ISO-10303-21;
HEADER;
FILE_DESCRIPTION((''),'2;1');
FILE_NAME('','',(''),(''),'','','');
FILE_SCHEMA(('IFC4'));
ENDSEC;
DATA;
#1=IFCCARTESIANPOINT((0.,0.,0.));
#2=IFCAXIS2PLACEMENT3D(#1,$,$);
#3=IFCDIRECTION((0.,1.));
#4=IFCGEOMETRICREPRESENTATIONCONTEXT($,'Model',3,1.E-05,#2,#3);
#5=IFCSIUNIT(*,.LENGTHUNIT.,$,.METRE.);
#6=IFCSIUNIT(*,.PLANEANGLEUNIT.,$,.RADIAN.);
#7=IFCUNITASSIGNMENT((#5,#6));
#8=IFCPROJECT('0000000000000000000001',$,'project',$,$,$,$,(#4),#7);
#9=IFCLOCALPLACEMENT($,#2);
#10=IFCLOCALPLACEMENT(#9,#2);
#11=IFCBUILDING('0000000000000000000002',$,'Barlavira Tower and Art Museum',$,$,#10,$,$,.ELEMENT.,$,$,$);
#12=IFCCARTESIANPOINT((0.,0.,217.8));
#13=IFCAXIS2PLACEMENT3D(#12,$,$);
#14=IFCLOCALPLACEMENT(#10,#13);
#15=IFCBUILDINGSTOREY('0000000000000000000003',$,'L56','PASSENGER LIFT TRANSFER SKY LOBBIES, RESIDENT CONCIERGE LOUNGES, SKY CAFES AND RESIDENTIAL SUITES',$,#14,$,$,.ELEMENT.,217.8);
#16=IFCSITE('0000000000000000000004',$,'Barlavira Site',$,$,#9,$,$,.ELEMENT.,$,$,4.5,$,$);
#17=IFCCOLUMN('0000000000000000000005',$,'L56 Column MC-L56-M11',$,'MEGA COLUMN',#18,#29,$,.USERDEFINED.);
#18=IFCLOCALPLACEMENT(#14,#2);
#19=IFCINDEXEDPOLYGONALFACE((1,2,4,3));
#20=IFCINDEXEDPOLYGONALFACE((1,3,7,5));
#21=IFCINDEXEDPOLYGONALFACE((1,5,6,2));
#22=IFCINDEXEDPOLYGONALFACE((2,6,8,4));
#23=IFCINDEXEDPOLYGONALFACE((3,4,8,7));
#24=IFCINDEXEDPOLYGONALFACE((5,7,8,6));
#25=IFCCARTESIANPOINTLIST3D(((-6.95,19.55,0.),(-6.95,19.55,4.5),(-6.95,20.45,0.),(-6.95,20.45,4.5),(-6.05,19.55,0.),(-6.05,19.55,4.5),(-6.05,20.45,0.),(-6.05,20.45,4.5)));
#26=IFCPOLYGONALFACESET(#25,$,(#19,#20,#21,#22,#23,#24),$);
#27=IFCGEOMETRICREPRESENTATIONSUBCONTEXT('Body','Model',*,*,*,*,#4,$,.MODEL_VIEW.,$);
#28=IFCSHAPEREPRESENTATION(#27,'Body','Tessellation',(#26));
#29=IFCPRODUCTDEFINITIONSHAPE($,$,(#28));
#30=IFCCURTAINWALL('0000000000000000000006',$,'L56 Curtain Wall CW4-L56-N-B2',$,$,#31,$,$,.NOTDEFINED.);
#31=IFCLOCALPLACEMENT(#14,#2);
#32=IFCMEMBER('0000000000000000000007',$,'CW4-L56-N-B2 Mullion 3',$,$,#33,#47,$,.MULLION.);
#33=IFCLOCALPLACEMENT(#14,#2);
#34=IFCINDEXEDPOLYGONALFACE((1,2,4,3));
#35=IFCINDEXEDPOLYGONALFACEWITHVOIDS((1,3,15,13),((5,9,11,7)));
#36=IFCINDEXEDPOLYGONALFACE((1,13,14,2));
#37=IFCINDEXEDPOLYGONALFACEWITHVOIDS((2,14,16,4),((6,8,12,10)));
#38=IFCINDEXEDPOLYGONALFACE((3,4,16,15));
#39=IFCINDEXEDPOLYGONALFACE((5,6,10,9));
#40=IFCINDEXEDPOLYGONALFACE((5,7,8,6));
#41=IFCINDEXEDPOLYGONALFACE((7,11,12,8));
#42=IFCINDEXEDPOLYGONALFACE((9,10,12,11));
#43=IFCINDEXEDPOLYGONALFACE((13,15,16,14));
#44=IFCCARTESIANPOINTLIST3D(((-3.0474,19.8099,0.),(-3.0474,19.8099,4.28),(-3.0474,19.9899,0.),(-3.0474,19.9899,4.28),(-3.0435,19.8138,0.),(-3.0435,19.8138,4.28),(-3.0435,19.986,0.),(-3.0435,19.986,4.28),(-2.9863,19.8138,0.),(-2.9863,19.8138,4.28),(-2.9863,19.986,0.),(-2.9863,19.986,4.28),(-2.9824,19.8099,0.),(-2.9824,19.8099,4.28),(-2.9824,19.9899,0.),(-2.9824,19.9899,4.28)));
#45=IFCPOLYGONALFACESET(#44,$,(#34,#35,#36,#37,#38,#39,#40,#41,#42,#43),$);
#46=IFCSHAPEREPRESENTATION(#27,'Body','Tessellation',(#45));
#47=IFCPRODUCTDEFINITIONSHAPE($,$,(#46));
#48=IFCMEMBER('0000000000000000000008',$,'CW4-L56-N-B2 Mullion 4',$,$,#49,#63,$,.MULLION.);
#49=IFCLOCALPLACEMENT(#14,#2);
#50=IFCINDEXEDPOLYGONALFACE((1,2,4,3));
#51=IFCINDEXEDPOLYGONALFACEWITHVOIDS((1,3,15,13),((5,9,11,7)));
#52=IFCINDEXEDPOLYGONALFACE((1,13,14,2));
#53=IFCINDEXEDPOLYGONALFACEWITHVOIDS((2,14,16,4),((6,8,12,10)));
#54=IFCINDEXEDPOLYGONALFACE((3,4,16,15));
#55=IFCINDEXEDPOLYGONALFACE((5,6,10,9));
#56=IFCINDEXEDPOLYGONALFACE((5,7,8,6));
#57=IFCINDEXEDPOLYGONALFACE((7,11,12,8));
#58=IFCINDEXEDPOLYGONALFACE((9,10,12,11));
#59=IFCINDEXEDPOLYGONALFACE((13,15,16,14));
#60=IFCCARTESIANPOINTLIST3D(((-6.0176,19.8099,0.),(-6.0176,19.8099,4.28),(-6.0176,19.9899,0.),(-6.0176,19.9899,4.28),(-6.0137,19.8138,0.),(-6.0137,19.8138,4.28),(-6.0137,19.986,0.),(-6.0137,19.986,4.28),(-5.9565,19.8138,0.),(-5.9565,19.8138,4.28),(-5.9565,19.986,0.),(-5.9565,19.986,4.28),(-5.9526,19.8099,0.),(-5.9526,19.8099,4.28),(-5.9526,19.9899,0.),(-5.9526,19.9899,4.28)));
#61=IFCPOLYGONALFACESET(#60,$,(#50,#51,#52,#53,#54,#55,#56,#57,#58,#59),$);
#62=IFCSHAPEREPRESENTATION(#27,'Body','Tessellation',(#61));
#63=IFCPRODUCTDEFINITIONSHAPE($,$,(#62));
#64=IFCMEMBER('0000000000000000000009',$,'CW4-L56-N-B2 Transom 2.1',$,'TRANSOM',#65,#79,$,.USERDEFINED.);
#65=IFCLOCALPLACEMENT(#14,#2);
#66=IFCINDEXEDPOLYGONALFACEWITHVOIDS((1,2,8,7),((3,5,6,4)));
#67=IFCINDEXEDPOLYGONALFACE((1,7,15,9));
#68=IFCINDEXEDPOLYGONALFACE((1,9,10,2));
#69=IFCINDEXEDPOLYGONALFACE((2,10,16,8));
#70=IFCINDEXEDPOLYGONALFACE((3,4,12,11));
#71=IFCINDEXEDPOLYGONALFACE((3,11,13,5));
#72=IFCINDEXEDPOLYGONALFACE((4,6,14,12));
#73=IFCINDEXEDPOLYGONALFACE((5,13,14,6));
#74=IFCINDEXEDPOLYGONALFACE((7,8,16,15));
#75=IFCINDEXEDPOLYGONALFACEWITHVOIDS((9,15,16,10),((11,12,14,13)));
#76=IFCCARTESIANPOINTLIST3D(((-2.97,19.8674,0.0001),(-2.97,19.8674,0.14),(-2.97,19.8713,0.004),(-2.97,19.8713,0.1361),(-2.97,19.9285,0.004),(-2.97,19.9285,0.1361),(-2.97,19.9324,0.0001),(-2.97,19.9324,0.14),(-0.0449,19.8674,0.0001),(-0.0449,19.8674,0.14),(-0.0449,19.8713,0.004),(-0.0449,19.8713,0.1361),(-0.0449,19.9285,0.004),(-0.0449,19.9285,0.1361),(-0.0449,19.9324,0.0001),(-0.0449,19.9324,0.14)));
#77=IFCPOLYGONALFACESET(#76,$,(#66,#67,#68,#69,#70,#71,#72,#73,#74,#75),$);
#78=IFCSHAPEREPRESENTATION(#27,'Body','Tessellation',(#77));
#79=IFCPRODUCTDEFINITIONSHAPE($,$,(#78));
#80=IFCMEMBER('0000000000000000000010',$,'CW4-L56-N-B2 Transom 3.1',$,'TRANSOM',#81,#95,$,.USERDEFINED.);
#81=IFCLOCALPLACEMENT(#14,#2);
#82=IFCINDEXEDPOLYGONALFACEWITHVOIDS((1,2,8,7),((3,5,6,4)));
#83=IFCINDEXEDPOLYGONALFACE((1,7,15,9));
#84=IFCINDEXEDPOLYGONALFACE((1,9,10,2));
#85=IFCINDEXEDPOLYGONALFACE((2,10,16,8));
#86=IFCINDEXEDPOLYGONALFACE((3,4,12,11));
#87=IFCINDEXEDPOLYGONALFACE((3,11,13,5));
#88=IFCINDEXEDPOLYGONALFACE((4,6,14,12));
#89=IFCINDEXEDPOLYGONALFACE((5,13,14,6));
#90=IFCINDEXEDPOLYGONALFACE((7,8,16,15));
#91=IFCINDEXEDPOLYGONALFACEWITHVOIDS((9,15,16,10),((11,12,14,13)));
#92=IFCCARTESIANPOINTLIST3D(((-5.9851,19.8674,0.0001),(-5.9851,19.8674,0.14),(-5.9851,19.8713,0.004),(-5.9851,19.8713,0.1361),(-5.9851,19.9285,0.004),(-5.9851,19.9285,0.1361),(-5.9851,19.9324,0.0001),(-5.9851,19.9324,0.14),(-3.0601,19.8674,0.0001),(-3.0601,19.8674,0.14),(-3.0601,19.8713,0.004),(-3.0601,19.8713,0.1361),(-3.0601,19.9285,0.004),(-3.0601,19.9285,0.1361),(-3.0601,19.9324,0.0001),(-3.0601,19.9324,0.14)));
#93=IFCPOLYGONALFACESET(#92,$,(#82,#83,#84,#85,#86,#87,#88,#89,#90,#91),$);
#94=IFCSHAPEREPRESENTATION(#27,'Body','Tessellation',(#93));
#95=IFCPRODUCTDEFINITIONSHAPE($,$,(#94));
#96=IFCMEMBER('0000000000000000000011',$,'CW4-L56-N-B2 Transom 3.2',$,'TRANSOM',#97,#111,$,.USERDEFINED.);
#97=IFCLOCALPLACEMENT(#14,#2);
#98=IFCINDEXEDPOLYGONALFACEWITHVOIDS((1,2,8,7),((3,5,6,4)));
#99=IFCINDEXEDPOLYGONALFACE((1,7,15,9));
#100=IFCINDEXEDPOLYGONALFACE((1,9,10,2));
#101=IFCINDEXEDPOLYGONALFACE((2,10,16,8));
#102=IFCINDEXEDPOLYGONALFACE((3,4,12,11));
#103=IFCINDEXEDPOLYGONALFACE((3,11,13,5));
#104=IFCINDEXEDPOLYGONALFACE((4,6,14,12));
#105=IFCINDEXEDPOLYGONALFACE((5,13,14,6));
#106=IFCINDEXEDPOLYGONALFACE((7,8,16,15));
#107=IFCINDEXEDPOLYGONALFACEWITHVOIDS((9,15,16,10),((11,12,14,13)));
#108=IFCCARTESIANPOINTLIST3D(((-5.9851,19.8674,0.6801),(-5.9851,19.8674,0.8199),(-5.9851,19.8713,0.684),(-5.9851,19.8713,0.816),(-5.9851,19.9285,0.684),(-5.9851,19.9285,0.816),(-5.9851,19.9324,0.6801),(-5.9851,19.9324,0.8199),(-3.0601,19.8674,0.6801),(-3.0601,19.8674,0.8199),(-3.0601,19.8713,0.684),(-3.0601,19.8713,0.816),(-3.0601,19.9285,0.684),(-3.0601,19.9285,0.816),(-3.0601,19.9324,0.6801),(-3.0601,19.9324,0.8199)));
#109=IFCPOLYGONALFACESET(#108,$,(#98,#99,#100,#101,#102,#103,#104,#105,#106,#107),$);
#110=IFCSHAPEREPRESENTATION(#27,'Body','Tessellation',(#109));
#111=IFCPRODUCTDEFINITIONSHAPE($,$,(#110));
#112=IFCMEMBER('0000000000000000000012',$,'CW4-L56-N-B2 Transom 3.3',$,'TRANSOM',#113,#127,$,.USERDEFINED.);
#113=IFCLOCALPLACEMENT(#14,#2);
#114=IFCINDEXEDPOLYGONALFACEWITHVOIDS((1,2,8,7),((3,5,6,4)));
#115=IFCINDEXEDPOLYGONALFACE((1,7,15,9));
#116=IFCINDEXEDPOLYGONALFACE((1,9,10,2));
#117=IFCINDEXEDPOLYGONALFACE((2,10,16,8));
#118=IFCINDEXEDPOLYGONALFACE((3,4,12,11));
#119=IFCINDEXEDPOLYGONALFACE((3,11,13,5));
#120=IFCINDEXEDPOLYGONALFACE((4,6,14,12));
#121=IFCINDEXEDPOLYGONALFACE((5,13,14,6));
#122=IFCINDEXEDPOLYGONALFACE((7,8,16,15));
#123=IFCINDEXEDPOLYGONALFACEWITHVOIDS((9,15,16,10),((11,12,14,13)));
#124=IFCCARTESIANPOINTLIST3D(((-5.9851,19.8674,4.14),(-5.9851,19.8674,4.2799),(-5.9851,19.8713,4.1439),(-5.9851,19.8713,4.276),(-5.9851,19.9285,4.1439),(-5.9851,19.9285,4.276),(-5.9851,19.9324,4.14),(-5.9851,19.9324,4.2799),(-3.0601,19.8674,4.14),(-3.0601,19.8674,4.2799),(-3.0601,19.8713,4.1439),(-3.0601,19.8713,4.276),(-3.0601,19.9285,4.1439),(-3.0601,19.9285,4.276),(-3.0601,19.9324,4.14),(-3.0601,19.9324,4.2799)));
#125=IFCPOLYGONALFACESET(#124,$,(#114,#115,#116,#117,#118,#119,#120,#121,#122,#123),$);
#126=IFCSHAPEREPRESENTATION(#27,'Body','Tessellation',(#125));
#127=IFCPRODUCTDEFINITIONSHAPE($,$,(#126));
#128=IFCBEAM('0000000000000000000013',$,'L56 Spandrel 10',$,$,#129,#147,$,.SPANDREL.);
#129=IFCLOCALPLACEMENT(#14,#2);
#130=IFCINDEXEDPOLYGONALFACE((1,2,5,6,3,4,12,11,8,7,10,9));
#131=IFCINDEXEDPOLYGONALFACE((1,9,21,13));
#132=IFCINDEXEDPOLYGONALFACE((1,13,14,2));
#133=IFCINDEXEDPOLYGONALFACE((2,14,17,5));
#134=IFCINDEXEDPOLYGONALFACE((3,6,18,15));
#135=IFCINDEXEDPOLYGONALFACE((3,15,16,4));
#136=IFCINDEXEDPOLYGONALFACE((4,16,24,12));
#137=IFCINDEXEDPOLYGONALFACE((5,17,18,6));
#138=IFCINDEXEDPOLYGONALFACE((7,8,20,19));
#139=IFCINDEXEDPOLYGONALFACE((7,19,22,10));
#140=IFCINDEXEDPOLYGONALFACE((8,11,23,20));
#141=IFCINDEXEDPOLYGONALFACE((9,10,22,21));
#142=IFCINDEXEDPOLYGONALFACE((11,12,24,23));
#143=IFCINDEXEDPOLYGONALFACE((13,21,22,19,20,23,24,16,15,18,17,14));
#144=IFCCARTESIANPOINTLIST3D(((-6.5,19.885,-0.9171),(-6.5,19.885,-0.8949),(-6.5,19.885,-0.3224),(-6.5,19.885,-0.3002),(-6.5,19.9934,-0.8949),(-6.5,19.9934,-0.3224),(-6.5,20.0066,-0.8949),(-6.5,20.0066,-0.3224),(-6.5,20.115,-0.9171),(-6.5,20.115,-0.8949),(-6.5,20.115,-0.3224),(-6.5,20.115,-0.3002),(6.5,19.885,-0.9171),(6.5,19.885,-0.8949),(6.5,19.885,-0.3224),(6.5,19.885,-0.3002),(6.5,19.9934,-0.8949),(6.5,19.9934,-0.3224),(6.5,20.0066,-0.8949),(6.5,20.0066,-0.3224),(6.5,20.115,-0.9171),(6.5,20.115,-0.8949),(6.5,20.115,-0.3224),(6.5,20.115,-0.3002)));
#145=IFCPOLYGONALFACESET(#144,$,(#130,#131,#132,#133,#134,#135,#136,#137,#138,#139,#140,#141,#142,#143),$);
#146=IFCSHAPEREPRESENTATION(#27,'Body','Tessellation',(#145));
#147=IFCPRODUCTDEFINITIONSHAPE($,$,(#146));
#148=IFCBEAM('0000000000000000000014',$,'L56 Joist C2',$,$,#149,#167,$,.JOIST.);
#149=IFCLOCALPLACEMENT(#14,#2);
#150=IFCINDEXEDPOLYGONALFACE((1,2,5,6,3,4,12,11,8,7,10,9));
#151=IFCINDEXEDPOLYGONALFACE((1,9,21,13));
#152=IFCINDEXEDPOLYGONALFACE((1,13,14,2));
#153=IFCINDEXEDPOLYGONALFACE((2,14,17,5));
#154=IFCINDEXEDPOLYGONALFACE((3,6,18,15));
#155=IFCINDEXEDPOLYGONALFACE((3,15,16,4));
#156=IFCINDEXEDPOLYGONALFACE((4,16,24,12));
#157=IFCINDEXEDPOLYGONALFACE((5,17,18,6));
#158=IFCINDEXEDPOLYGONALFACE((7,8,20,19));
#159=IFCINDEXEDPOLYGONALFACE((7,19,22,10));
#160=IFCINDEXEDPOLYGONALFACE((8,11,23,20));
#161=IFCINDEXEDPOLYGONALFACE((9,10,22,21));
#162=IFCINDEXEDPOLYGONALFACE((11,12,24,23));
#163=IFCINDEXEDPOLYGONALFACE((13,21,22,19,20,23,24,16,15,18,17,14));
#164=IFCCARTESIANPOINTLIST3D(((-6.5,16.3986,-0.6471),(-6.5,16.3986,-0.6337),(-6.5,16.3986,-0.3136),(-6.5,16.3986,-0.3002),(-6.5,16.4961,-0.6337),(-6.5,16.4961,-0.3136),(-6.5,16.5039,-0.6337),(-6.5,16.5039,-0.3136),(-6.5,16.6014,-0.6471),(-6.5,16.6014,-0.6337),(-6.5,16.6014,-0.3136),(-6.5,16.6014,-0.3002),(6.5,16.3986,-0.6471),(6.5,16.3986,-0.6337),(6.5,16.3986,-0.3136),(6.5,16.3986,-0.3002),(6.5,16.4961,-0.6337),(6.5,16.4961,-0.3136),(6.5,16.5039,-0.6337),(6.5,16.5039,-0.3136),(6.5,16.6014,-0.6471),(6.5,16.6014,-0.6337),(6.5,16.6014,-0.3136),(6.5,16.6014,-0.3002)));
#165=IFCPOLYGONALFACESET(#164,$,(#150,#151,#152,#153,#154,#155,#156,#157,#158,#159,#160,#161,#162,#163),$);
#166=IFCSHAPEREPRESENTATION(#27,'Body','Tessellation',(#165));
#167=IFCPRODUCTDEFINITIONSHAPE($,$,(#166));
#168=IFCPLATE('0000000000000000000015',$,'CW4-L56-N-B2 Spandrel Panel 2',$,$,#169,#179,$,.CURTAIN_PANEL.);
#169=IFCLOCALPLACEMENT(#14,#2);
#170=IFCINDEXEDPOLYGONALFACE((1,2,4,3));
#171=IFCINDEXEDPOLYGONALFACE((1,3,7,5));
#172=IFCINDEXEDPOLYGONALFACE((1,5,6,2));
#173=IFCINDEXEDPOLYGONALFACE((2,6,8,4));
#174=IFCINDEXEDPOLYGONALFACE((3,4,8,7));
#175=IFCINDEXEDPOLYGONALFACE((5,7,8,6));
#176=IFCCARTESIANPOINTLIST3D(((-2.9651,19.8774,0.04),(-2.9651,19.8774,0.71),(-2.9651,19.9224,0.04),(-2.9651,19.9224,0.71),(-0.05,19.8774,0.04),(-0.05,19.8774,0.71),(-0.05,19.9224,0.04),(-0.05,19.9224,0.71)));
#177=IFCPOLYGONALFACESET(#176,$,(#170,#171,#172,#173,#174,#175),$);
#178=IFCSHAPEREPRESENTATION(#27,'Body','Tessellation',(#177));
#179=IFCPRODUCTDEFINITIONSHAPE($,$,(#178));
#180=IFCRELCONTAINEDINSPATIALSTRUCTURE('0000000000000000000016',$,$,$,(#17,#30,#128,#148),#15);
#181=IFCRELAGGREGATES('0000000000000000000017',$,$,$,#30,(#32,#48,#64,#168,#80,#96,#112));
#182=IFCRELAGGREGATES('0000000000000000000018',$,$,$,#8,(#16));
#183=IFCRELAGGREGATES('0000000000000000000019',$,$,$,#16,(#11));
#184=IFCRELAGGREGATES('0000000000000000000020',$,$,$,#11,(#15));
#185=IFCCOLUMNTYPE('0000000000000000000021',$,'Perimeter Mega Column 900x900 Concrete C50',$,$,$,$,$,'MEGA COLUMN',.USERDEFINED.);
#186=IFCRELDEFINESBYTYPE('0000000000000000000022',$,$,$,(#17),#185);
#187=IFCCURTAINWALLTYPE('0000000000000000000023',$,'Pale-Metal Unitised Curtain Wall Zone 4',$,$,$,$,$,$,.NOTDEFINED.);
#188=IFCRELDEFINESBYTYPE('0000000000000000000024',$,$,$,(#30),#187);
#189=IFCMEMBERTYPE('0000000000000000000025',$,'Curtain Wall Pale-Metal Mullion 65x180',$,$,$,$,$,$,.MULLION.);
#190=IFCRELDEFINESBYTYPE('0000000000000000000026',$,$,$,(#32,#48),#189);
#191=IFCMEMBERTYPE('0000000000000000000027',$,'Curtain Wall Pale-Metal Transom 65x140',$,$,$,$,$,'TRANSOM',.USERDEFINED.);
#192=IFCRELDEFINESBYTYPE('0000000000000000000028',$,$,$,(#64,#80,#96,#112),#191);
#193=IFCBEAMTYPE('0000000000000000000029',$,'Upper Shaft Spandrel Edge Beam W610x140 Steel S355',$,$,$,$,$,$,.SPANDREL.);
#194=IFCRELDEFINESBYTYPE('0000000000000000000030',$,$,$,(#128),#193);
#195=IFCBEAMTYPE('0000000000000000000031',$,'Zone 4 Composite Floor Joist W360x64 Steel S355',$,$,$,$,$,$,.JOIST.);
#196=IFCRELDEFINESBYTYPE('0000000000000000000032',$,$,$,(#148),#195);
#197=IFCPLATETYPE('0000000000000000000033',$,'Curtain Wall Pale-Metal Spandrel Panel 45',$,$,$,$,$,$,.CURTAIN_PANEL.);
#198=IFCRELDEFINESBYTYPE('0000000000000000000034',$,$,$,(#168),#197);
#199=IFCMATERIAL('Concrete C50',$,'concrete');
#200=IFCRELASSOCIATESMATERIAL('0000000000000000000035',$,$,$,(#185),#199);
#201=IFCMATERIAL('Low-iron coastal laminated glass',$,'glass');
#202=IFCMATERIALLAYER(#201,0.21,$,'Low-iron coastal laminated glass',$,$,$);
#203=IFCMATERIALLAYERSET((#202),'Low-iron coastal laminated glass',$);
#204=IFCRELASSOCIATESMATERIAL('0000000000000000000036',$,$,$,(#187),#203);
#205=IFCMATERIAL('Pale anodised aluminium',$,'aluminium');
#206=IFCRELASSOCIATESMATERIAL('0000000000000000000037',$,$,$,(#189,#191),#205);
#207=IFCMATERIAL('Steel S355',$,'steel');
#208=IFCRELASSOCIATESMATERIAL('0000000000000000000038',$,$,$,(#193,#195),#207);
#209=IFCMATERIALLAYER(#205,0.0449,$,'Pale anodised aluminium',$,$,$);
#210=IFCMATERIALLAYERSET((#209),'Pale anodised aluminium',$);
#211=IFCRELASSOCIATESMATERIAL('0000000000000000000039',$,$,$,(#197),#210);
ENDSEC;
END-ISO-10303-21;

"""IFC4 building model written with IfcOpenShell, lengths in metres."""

from ifc_helpers import new_model, si_unit, direction, frame, origin, origin_2d, place, context, subcontext, project, spatial, rectangle, hollow_rectangle, i_section, extrude, material, layer, layer_set, material_profile, profile_set, type_object, element, aggregate, save


model = new_model("IFC4")

# Units and contexts
model_context = context("Model", 3, precision=1e-05, world=origin(), true_north=direction((0.0, 1.0)))
body_context = subcontext(model_context, "Body", "Model", "MODEL_VIEW")
ifc_project = project(units=[si_unit("LENGTHUNIT", "METRE"), si_unit("PLANEANGLEUNIT", "RADIAN")], contexts=[model_context])

# Site, building, storey
site_placement = place(None, origin())
site = spatial("IfcSite", under=ifc_project, at=site_placement, Name="Barlavira Site", CompositionType="ELEMENT", RefElevation=4.5)
building_placement = place(site_placement, origin())
building = spatial("IfcBuilding", under=site, at=building_placement, Name="Barlavira Tower and Art Museum", CompositionType="ELEMENT")
storey_placement = place(building_placement, frame((0.0, 0.0, 217.8)))
storey = spatial("IfcBuildingStorey", under=building, at=storey_placement, Name="L56", Description="PASSENGER LIFT TRANSFER SKY LOBBIES, RESIDENT CONCIERGE LOUNGES, SKY CAFES AND RESIDENTIAL SUITES", CompositionType="ELEMENT", Elevation=217.8)

# Column
ifc_material_1 = material(Name="Concrete C50", Category="concrete")
ifc_material_profile_1 = material_profile(ifc_material_1, rectangle(XDim=0.8999, YDim=0.8999, at=origin_2d()), Name="RC-COL 900x900")
ifc_profile_set_1 = profile_set([ifc_material_profile_1], Name="Concrete C50")
column_type = type_object("IfcColumnType", Name="Perimeter Mega Column 900x900 Concrete C50", ElementType="MEGA COLUMN", PredefinedType="USERDEFINED", material=ifc_profile_set_1)
column_placement = place(storey_placement, frame((-6.5, 20.0, 0.0), z_axis=(0.0, 0.0, 1.0), x_axis=(1.0, 0.0, 0.0)))
element("IfcColumn", 1, at=column_placement, inside=storey, type_object=column_type, Name="L56 Column MC-L56-M11", ObjectType="MEGA COLUMN", PredefinedType="USERDEFINED", context=body_context, shape_type="SweptSolid", body=[
    extrude(rectangle(XDim=0.8999, YDim=0.8999, at=origin_2d()), origin(), (0.0, 0.0, 1.0), 4.5),
])

# Curtain wall, members
ifc_material_2 = material(Name="Low-iron coastal laminated glass", Category="glass")
ifc_layer_1 = layer(ifc_material_2, 0.21, Name="Low-iron coastal laminated glass")
ifc_layer_set_1 = layer_set([ifc_layer_1], Name="Low-iron coastal laminated glass")
curtain_wall_type = type_object("IfcCurtainWallType", Name="Pale-Metal Unitised Curtain Wall Zone 4", PredefinedType="NOTDEFINED", material=ifc_layer_set_1)
curtain_wall_placement = place(storey_placement, origin())
curtain_wall = element("IfcCurtainWall", 2, at=curtain_wall_placement, inside=storey, type_object=curtain_wall_type, Name="L56 Curtain Wall CW4-L56-N-B2", PredefinedType="NOTDEFINED")
ifc_material_3 = material(Name="Pale anodised aluminium", Category="aluminium")
ifc_material_profile_2 = material_profile(ifc_material_3, hollow_rectangle(XDim=0.0649, YDim=0.1799, WallThickness=0.0039, at=origin_2d()), Name="ALU-MULL 65x180x4")
ifc_profile_set_2 = profile_set([ifc_material_profile_2], Name="Pale anodised aluminium")
member_type_1 = type_object("IfcMemberType", Name="Curtain Wall Pale-Metal Mullion 65x180", PredefinedType="MULLION", material=ifc_profile_set_2)
member_1_placement = place(storey_placement, frame((-3.0149, 19.8999, 0.0), z_axis=(0.0, 0.0, 1.0), x_axis=(-1.0, 0.0, 0.0)))
member_1 = element("IfcMember", 3, at=member_1_placement, type_object=member_type_1, Name="CW4-L56-N-B2 Mullion 3", PredefinedType="MULLION", context=body_context, shape_type="SweptSolid", body=[
    extrude(hollow_rectangle(XDim=0.0649, YDim=0.1799, WallThickness=0.0039, at=origin_2d()), origin(), (0.0, 0.0, 1.0), 4.28),
])
member_2_placement = place(storey_placement, frame((-5.9851, 19.8999, 0.0), z_axis=(0.0, 0.0, 1.0), x_axis=(-1.0, 0.0, 0.0)))
member_2 = element("IfcMember", 4, at=member_2_placement, type_object=member_type_1, Name="CW4-L56-N-B2 Mullion 4", PredefinedType="MULLION", context=body_context, shape_type="SweptSolid", body=[
    extrude(hollow_rectangle(XDim=0.0649, YDim=0.1799, WallThickness=0.0039, at=origin_2d()), origin(), (0.0, 0.0, 1.0), 4.28),
])
ifc_material_profile_3 = material_profile(ifc_material_3, hollow_rectangle(XDim=0.0649, YDim=0.1399, WallThickness=0.0039, at=origin_2d()), Name="ALU-TRAN 65x140x4")
ifc_profile_set_3 = profile_set([ifc_material_profile_3], Name="Pale anodised aluminium")
member_type_2 = type_object("IfcMemberType", Name="Curtain Wall Pale-Metal Transom 65x140", ElementType="TRANSOM", PredefinedType="USERDEFINED", material=ifc_profile_set_3)
member_3_placement = place(storey_placement, frame((-0.0449, 19.8999, 0.0701), z_axis=(-1.0, 0.0, 0.0), x_axis=(0.0, -1.0, 0.0)))
member_3 = element("IfcMember", 5, at=member_3_placement, type_object=member_type_2, Name="CW4-L56-N-B2 Transom 2.1", ObjectType="TRANSOM", PredefinedType="USERDEFINED", context=body_context, shape_type="SweptSolid", body=[
    extrude(hollow_rectangle(XDim=0.0649, YDim=0.1399, WallThickness=0.0039, at=origin_2d()), origin(), (0.0, 0.0, 1.0), 2.925),
])
member_4_placement = place(storey_placement, frame((-3.0601, 19.8999, 0.0701), z_axis=(-1.0, 0.0, 0.0), x_axis=(0.0, -1.0, 0.0)))
member_4 = element("IfcMember", 6, at=member_4_placement, type_object=member_type_2, Name="CW4-L56-N-B2 Transom 3.1", ObjectType="TRANSOM", PredefinedType="USERDEFINED", context=body_context, shape_type="SweptSolid", body=[
    extrude(hollow_rectangle(XDim=0.0649, YDim=0.1399, WallThickness=0.0039, at=origin_2d()), origin(), (0.0, 0.0, 1.0), 2.925),
])
member_5_placement = place(storey_placement, frame((-3.0601, 19.8999, 0.75), z_axis=(-1.0, 0.0, 0.0), x_axis=(0.0, -1.0, 0.0)))
member_5 = element("IfcMember", 7, at=member_5_placement, type_object=member_type_2, Name="CW4-L56-N-B2 Transom 3.2", ObjectType="TRANSOM", PredefinedType="USERDEFINED", context=body_context, shape_type="SweptSolid", body=[
    extrude(hollow_rectangle(XDim=0.0649, YDim=0.1399, WallThickness=0.0039, at=origin_2d()), origin(), (0.0, 0.0, 1.0), 2.925),
])
member_6_placement = place(storey_placement, frame((-3.0601, 19.8999, 4.21), z_axis=(-1.0, 0.0, 0.0), x_axis=(0.0, -1.0, 0.0)))
member_6 = element("IfcMember", 8, at=member_6_placement, type_object=member_type_2, Name="CW4-L56-N-B2 Transom 3.3", ObjectType="TRANSOM", PredefinedType="USERDEFINED", context=body_context, shape_type="SweptSolid", body=[
    extrude(hollow_rectangle(XDim=0.0649, YDim=0.1399, WallThickness=0.0039, at=origin_2d()), origin(), (0.0, 0.0, 1.0), 2.925),
])

# Beams
ifc_material_4 = material(Name="Steel S355", Category="steel")
ifc_material_profile_4 = material_profile(ifc_material_4, i_section(OverallWidth=0.23, OverallDepth=0.6169, WebThickness=0.0132, FlangeThickness=0.0222, at=origin_2d()), Name="W610x140.0")
ifc_profile_set_4 = profile_set([ifc_material_profile_4], Name="Steel S355")
beam_type_1 = type_object("IfcBeamType", Name="Upper Shaft Spandrel Edge Beam W610x140 Steel S355", PredefinedType="SPANDREL", material=ifc_profile_set_4)
beam_1_placement = place(storey_placement, frame((-6.5, 20.0, -0.6086), z_axis=(1.0, 0.0, 0.0), x_axis=(0.0, 1.0, 0.0)))
element("IfcBeam", 9, at=beam_1_placement, inside=storey, type_object=beam_type_1, Name="L56 Spandrel 10", PredefinedType="SPANDREL", context=body_context, shape_type="SweptSolid", body=[
    extrude(i_section(OverallWidth=0.23, OverallDepth=0.6169, WebThickness=0.0132, FlangeThickness=0.0222, at=origin_2d()), origin(), (0.0, 0.0, 1.0), 13.0),
])
ifc_material_profile_5 = material_profile(ifc_material_4, i_section(OverallWidth=0.2029, OverallDepth=0.3469, WebThickness=0.0078, FlangeThickness=0.0134, at=origin_2d()), Name="W360x64.0")
ifc_profile_set_5 = profile_set([ifc_material_profile_5], Name="Steel S355")
beam_type_2 = type_object("IfcBeamType", Name="Zone 4 Composite Floor Joist W360x64 Steel S355", PredefinedType="JOIST", material=ifc_profile_set_5)
beam_2_placement = place(storey_placement, frame((-6.5, 16.5, -0.4736), z_axis=(1.0, 0.0, 0.0), x_axis=(0.0, 1.0, 0.0)))
element("IfcBeam", 10, at=beam_2_placement, inside=storey, type_object=beam_type_2, Name="L56 Joist C2", PredefinedType="JOIST", context=body_context, shape_type="SweptSolid", body=[
    extrude(i_section(OverallWidth=0.2029, OverallDepth=0.3469, WebThickness=0.0078, FlangeThickness=0.0134, at=origin_2d()), origin(), (0.0, 0.0, 1.0), 13.0),
])

# Plate
ifc_layer_2 = layer(ifc_material_3, 0.0449, Name="Pale anodised aluminium")
ifc_layer_set_2 = layer_set([ifc_layer_2], Name="Pale anodised aluminium")
plate_type_1 = type_object("IfcPlateType", Name="Curtain Wall Pale-Metal Spandrel Panel 45", PredefinedType="CURTAIN_PANEL", material=ifc_layer_set_2)
plate_1_placement = place(storey_placement, frame((-1.5076, 19.8999, 0.04), z_axis=(0.0, 0.0, 1.0), x_axis=(-1.0, 0.0, 0.0)))
plate_1 = element("IfcPlate", 11, at=plate_1_placement, type_object=plate_type_1, Name="CW4-L56-N-B2 Spandrel Panel 2", PredefinedType="CURTAIN_PANEL", context=body_context, shape_type="SweptSolid", body=[
    extrude(rectangle(XDim=2.915, YDim=0.0449, at=origin_2d()), origin(), (0.0, 0.0, 1.0), 0.6699),
])
aggregate(curtain_wall, [member_1, member_2, member_3, plate_1, member_4, member_5, member_6])

save(model, "model.ifc")
